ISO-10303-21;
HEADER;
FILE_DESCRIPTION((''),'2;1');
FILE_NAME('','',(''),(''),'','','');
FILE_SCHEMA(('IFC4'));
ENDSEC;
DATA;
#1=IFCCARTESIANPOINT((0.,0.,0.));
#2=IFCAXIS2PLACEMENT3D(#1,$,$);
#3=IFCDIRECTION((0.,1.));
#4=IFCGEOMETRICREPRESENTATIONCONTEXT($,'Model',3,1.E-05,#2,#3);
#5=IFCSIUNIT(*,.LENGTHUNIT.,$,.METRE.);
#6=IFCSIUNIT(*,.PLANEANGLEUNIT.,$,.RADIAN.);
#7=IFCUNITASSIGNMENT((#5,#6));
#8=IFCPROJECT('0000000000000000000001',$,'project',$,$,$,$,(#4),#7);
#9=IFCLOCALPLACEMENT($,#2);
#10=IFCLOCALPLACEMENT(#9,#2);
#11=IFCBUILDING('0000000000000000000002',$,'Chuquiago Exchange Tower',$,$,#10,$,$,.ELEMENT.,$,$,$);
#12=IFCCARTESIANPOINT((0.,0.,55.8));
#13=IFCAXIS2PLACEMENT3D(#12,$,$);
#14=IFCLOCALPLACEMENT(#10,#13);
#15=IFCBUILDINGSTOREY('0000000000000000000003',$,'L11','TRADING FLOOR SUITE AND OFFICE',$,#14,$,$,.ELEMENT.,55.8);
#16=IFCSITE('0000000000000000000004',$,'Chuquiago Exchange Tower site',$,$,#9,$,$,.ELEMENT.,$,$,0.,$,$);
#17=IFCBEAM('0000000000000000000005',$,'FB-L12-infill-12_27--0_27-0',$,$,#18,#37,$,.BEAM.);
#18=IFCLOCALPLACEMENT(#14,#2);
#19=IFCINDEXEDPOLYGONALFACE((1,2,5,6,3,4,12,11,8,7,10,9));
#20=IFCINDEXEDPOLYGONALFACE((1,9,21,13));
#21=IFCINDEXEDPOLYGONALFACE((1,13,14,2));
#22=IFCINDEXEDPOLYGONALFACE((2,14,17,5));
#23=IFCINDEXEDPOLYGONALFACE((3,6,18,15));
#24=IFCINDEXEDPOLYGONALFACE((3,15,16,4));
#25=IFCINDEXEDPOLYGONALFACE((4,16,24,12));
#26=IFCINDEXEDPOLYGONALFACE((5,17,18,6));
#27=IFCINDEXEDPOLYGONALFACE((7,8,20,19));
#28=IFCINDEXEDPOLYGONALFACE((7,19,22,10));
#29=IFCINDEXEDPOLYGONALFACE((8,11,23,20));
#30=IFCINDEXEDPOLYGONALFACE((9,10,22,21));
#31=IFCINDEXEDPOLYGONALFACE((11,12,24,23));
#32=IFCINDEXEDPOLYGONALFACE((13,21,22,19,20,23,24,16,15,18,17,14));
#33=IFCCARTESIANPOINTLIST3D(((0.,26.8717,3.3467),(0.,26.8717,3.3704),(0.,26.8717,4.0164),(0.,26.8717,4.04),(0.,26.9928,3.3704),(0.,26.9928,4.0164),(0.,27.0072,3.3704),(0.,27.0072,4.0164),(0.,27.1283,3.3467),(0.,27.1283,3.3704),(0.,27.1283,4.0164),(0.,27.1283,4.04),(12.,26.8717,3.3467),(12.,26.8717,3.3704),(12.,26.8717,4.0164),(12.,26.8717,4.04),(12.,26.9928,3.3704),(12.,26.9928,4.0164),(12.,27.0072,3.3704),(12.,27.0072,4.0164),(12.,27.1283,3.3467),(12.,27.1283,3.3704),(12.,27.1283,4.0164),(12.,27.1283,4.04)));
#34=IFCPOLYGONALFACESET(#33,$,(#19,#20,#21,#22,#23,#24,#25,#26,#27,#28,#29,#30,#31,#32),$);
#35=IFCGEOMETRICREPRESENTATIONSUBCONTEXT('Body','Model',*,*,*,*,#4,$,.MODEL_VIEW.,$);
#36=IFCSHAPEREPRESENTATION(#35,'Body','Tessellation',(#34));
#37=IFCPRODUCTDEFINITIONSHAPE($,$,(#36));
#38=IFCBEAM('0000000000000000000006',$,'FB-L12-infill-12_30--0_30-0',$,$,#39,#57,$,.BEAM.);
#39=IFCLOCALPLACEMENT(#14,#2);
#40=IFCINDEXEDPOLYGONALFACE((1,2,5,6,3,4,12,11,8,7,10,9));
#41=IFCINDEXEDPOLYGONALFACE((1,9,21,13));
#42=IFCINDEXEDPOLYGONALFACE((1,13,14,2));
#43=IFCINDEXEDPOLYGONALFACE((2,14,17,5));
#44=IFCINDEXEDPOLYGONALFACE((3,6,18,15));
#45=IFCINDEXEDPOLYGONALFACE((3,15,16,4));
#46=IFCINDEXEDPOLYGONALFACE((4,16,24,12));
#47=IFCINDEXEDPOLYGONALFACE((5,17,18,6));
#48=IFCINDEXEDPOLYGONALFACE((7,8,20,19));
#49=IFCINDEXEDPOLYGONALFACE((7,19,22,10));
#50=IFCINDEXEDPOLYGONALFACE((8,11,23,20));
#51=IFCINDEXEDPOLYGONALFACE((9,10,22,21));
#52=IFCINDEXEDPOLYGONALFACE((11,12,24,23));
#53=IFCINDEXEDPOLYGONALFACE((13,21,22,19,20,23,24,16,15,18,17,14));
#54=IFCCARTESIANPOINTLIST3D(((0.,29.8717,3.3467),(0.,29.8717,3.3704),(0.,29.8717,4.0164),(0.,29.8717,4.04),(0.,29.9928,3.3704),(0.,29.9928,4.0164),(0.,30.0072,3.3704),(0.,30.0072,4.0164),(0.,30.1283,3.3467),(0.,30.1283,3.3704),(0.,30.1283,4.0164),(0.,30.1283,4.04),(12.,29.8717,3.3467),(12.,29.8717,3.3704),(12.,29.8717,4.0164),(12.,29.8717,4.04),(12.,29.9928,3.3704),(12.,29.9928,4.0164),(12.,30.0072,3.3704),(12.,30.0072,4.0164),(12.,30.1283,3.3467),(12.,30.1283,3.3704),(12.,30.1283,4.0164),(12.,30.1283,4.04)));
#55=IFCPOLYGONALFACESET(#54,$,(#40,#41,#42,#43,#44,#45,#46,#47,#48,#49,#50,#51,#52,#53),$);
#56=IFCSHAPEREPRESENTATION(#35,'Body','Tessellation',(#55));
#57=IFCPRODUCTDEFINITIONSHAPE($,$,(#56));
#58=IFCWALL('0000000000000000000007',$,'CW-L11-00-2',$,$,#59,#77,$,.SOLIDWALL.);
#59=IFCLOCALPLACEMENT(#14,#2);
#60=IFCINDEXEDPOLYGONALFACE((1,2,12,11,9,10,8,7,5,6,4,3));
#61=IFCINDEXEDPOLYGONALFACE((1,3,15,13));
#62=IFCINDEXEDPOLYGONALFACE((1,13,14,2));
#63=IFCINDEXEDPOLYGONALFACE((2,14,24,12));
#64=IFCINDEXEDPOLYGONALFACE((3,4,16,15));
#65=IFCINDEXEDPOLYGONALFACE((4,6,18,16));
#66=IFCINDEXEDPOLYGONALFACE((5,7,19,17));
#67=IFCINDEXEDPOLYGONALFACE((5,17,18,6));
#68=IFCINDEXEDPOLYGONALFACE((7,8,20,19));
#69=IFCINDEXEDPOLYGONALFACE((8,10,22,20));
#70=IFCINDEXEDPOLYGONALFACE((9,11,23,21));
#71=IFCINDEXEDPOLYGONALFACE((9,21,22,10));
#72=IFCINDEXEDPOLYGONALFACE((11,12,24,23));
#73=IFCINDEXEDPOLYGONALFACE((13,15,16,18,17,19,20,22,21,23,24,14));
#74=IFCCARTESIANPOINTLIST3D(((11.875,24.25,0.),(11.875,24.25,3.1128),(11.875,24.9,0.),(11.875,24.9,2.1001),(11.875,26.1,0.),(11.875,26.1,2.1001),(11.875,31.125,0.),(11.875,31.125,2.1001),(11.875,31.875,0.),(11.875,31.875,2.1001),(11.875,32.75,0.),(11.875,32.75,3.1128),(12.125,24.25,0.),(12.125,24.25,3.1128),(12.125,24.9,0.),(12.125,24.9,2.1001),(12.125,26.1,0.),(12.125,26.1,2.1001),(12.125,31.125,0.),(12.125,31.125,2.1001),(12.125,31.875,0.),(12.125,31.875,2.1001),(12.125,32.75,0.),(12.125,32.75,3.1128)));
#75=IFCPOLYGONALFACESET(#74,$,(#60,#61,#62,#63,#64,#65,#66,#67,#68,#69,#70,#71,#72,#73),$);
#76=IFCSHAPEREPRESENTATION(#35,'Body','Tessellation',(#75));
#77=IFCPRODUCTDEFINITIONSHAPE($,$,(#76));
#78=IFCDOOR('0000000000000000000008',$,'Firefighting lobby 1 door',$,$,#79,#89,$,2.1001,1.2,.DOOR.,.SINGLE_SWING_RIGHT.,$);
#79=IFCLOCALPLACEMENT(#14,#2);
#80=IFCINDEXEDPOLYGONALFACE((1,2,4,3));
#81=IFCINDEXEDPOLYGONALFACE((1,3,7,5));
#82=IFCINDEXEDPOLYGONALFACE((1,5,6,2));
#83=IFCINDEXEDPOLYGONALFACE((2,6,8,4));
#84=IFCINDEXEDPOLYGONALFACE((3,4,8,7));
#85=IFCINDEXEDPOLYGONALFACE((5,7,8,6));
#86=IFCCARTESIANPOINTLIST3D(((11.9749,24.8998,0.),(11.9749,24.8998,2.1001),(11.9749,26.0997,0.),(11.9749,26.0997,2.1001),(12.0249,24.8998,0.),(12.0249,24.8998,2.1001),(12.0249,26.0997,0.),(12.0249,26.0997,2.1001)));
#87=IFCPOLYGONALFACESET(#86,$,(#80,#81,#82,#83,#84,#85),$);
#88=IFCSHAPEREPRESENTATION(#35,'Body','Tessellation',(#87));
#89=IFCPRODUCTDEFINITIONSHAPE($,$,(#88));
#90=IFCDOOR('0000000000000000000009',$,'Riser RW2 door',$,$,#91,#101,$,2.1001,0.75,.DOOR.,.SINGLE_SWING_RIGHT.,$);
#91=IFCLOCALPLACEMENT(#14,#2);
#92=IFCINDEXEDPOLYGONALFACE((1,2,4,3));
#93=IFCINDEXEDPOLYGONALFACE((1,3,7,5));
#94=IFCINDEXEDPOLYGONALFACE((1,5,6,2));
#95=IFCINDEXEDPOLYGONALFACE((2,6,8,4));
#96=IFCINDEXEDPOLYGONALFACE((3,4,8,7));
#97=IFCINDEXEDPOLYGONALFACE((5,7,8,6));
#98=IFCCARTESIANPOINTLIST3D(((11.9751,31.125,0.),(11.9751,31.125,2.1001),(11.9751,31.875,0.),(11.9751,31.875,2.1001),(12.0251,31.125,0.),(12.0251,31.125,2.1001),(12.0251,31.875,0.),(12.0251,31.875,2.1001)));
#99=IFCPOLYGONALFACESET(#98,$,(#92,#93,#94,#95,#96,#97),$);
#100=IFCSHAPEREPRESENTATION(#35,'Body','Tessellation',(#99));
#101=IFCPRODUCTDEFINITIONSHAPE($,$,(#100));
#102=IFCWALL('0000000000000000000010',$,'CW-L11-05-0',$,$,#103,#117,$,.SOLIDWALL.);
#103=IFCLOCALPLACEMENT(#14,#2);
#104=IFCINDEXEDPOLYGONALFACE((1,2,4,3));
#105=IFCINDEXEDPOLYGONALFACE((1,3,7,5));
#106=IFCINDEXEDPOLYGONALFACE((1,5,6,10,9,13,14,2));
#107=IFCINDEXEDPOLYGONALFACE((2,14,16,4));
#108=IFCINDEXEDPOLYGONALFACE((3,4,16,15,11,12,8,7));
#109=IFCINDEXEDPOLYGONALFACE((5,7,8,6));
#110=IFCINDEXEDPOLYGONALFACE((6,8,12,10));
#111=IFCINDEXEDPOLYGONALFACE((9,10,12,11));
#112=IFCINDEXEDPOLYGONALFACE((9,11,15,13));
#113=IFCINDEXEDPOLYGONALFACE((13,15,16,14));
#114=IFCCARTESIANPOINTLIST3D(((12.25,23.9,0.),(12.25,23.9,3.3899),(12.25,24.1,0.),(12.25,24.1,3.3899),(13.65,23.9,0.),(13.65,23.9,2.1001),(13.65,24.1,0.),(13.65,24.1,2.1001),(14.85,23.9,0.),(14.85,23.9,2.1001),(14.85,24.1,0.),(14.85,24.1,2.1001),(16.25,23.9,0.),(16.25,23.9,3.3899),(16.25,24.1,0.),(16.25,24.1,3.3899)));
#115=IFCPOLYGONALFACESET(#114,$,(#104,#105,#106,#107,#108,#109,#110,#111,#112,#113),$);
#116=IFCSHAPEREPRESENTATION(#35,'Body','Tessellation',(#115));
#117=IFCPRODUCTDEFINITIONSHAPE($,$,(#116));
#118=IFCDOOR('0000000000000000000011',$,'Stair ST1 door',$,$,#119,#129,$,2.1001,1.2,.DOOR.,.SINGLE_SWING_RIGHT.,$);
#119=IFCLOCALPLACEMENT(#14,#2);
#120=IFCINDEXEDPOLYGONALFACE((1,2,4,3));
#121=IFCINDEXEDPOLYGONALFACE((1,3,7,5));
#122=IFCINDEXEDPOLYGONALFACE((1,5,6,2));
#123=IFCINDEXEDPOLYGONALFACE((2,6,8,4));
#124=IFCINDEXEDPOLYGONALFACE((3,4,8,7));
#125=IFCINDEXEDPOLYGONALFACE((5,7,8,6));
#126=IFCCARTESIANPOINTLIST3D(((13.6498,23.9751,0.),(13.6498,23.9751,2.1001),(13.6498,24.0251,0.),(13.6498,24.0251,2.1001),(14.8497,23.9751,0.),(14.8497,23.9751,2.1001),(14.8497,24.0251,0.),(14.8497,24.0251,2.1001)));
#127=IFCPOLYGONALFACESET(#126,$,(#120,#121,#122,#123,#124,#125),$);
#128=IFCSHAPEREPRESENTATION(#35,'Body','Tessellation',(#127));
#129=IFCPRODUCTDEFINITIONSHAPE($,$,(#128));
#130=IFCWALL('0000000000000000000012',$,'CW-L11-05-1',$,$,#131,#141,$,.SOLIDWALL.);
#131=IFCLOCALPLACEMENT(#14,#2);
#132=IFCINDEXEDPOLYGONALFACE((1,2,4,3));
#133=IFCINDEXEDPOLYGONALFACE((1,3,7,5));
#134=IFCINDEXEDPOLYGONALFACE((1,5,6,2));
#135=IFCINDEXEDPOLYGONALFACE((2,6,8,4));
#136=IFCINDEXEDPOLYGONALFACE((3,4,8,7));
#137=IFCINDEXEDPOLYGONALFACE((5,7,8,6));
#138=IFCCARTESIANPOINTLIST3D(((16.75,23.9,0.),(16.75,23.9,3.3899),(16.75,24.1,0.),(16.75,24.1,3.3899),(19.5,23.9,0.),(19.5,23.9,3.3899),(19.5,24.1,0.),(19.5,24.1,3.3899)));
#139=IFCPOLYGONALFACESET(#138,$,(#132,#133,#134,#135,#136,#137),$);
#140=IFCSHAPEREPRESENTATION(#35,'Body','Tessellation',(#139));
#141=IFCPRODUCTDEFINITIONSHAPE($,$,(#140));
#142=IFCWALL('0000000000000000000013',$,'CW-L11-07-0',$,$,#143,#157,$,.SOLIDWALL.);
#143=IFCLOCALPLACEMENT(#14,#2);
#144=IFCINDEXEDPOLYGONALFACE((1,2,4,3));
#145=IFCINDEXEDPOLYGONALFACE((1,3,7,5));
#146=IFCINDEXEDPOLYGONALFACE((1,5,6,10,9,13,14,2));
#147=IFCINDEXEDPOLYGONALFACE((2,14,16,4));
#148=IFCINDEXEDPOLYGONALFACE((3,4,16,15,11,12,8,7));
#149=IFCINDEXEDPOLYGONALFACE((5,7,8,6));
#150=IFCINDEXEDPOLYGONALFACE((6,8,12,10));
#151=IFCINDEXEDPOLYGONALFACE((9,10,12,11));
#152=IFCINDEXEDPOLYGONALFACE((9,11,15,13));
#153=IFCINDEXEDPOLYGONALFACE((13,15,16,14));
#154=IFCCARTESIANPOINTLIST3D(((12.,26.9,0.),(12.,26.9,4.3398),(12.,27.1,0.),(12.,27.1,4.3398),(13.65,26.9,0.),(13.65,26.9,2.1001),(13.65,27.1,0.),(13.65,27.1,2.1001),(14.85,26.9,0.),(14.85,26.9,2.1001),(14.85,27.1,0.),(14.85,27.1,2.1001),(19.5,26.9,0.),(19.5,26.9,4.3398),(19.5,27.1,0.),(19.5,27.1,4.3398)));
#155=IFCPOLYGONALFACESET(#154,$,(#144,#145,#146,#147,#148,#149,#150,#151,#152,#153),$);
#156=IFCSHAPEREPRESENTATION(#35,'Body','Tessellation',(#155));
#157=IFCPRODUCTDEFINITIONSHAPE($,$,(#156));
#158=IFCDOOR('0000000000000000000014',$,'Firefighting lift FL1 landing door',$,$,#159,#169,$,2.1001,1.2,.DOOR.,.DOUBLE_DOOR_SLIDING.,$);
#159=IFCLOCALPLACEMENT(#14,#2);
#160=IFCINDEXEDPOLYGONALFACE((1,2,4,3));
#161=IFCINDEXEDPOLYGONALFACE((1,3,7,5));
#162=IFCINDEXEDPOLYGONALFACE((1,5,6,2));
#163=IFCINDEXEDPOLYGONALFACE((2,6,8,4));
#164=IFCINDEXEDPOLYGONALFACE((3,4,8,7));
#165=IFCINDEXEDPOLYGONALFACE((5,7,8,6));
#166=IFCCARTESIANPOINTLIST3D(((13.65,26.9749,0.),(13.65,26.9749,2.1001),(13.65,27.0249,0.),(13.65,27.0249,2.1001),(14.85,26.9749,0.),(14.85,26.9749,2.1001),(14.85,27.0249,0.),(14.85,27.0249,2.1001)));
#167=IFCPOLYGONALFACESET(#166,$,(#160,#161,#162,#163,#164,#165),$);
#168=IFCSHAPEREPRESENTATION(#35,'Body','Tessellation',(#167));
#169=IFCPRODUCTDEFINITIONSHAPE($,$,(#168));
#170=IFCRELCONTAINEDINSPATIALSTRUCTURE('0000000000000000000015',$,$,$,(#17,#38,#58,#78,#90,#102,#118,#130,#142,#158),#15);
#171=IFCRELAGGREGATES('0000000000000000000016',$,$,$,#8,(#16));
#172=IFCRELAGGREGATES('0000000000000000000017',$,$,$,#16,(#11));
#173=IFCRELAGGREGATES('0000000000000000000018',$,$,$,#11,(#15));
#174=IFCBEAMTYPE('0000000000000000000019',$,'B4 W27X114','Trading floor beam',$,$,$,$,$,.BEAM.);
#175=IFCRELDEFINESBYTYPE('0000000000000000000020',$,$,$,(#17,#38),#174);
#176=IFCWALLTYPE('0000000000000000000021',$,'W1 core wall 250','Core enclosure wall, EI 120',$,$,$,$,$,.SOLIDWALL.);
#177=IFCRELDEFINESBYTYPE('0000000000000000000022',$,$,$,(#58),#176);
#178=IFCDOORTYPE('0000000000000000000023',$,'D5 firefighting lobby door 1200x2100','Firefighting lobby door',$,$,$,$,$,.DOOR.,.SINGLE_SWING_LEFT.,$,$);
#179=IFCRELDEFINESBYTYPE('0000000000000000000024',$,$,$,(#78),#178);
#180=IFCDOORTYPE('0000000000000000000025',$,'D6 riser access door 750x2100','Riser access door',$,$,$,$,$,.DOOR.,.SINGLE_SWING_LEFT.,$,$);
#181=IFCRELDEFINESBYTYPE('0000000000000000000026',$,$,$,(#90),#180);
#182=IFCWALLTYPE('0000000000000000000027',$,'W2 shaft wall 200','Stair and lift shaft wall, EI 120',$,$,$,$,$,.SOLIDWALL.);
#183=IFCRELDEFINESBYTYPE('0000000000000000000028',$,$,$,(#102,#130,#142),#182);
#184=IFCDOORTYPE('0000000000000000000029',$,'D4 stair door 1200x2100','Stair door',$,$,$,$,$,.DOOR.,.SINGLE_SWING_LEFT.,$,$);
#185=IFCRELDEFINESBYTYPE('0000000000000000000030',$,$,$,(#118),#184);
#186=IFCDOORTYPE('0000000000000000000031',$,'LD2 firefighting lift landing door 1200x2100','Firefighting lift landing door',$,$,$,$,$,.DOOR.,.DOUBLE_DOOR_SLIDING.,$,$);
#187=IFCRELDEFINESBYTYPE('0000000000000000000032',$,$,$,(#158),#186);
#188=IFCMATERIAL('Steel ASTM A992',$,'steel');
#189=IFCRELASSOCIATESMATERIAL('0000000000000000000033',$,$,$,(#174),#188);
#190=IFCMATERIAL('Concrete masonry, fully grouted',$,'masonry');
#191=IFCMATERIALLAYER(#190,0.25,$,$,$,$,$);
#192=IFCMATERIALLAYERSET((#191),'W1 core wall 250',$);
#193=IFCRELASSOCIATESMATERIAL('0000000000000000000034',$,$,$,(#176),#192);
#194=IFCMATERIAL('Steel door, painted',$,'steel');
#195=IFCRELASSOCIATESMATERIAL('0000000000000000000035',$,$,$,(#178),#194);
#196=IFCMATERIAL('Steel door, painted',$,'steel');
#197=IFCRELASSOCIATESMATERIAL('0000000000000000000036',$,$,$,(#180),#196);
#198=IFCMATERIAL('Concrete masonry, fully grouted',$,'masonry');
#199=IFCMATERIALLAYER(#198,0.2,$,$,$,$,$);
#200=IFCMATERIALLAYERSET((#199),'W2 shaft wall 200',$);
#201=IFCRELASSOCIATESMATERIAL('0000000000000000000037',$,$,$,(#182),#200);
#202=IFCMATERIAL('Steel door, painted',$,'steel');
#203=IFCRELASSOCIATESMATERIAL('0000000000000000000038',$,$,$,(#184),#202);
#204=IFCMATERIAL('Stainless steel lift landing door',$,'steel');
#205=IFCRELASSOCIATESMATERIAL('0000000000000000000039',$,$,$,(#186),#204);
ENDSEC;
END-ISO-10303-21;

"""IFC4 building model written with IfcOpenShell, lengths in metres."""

from ifc_helpers import new_model, si_unit, direction, frame, frame_2d, origin, origin_2d, place, context, subcontext, project, spatial, rectangle, i_section, extrude, material, layer, layer_set, material_profile, profile_set, type_object, element, fill, save


model = new_model("IFC4")

# Units and contexts
model_context = context("Model", 3, precision=1e-05, world=origin(), true_north=direction((0.0, 1.0)))
body_context = subcontext(model_context, "Body", "Model", "MODEL_VIEW")
ifc_project = project(units=[si_unit("LENGTHUNIT", "METRE"), si_unit("PLANEANGLEUNIT", "RADIAN")], contexts=[model_context])

# Site, building, storey
site_placement = place(None, origin())
site = spatial("IfcSite", under=ifc_project, at=site_placement, Name="Chuquiago Exchange Tower site", CompositionType="ELEMENT", RefElevation=0.0)
building_placement = place(site_placement, origin())
building = spatial("IfcBuilding", under=site, at=building_placement, Name="Chuquiago Exchange Tower", CompositionType="ELEMENT")
storey_placement = place(building_placement, frame((0.0, 0.0, 55.8)))
storey = spatial("IfcBuildingStorey", under=building, at=storey_placement, Name="L11", Description="TRADING FLOOR SUITE AND OFFICE", CompositionType="ELEMENT", Elevation=55.8)

# Beams
ifc_material_1 = material(Name="Steel ASTM A992", Category="steel")
ifc_material_profile_1 = material_profile(ifc_material_1, i_section(OverallWidth=0.2566, OverallDepth=0.6934, WebThickness=0.0144, FlangeThickness=0.0237, at=origin_2d()), Name="W27X114")
ifc_profile_set_1 = profile_set([ifc_material_profile_1], Name="Steel ASTM A992")
beam_type_1 = type_object("IfcBeamType", Name="B4 W27X114", Description="Trading floor beam", PredefinedType="BEAM", material=ifc_profile_set_1)
for number, where, z_axis, x_axis, name in (
    (1, (12.0, 27.0, 3.6934), (-1.0, 0.0, 0.0), (0.0, -1.0, 0.0), "FB-L12-infill-12_27--0_27-0"),
    (2, (12.0, 30.0, 3.6934), (-1.0, 0.0, 0.0), (0.0, -1.0, 0.0), "FB-L12-infill-12_30--0_30-0"),
):
    element("IfcBeam", number, at=place(storey_placement, frame(where, z_axis=z_axis, x_axis=x_axis)), inside=storey, type_object=beam_type_1, Name=name, PredefinedType="BEAM", context=body_context, shape_type="SweptSolid", body=[
        extrude(i_section(OverallWidth=0.2566, OverallDepth=0.6934, WebThickness=0.0144, FlangeThickness=0.0237, at=origin_2d()), origin(), (0.0, 0.0, 1.0), 12.0),
    ])

# Wall, openings, doors
ifc_material_2 = material(Name="Concrete masonry, fully grouted", Category="masonry")
ifc_layer_1 = layer(ifc_material_2, 0.25)
ifc_layer_set_1 = layer_set([ifc_layer_1], Name="W1 core wall 250")
wall_type_1 = type_object("IfcWallType", Name="W1 core wall 250", Description="Core enclosure wall, EI 120", PredefinedType="SOLIDWALL", material=ifc_layer_set_1)
wall_1_placement = place(storey_placement, frame((12.0, 24.25, 0.0), z_axis=(0.0, 0.0, 1.0), x_axis=(0.0, 1.0, 0.0)))
wall_1 = element("IfcWall", 3, at=wall_1_placement, inside=storey, type_object=wall_type_1, Name="CW-L11-00-2", PredefinedType="SOLIDWALL", context=body_context, shape_type="SweptSolid", body=[
    extrude(rectangle(XDim=8.5, YDim=0.25, at=frame_2d((4.25, 0.0))), origin(), (0.0, 0.0, 1.0), 3.1128),
])
opening_1_placement = place(wall_1_placement, frame((0.6499, 0.0, 0.0)))
opening_1 = element("IfcOpeningElement", 4, at=opening_1_placement, cuts=wall_1, PredefinedType="OPENING", context=body_context, shape_type="SweptSolid", body=[
    extrude(rectangle(XDim=1.2, YDim=2.1001, at=frame_2d((0.6001, 1.05))), frame((0.0, 0.135, 0.0), z_axis=(0.0, -1.0, 0.0), x_axis=(1.0, 0.0, 0.0)), (0.0, 0.0, 1.0), 0.27),
])
opening_2_placement = place(wall_1_placement, frame((6.875, 0.0, 0.0)))
opening_2 = element("IfcOpeningElement", 5, at=opening_2_placement, cuts=wall_1, PredefinedType="OPENING", context=body_context, shape_type="SweptSolid", body=[
    extrude(rectangle(XDim=0.75, YDim=2.1001, at=frame_2d((0.375, 1.05))), frame((0.0, 0.135, 0.0), z_axis=(0.0, -1.0, 0.0), x_axis=(1.0, 0.0, 0.0)), (0.0, 0.0, 1.0), 0.27),
])
ifc_material_3 = material(Name="Steel door, painted", Category="steel")
door_type_1 = type_object("IfcDoorType", Name="D5 firefighting lobby door 1200x2100", Description="Firefighting lobby door", OperationType="SINGLE_SWING_LEFT", PredefinedType="DOOR", material=ifc_material_3)
door_1_placement = place(opening_1_placement, frame((1.2, 0.0, 0.0), z_axis=(0.0, 0.0, 1.0), x_axis=(-1.0, 0.0, 0.0)))
door_1 = element("IfcDoor", 6, at=door_1_placement, inside=storey, type_object=door_type_1, Name="Firefighting lobby 1 door", OperationType="SINGLE_SWING_RIGHT", OverallHeight=2.1001, OverallWidth=1.2, PredefinedType="DOOR", context=body_context, shape_type="SweptSolid", body=[
    extrude(rectangle(XDim=1.2, YDim=2.1001, at=frame_2d((0.6001, 1.05))), frame((0.0, 0.0249, 0.0), z_axis=(0.0, -1.0, 0.0), x_axis=(1.0, 0.0, 0.0)), (0.0, 0.0, 1.0), 0.05),
])
fill(opening_1, door_1)
ifc_material_4 = material(Name="Steel door, painted", Category="steel")
door_type_2 = type_object("IfcDoorType", Name="D6 riser access door 750x2100", Description="Riser access door", OperationType="SINGLE_SWING_LEFT", PredefinedType="DOOR", material=ifc_material_4)
door_2_placement = place(opening_2_placement, origin())
door_2 = element("IfcDoor", 7, at=door_2_placement, inside=storey, type_object=door_type_2, Name="Riser RW2 door", OperationType="SINGLE_SWING_RIGHT", OverallHeight=2.1001, OverallWidth=0.75, PredefinedType="DOOR", context=body_context, shape_type="SweptSolid", body=[
    extrude(rectangle(XDim=0.75, YDim=2.1001, at=frame_2d((0.375, 1.05))), frame((0.0, 0.0249, 0.0), z_axis=(0.0, -1.0, 0.0), x_axis=(1.0, 0.0, 0.0)), (0.0, 0.0, 1.0), 0.05),
])
fill(opening_2, door_2)

# Wall, opening, door
ifc_material_5 = material(Name="Concrete masonry, fully grouted", Category="masonry")
ifc_layer_2 = layer(ifc_material_5, 0.2)
ifc_layer_set_2 = layer_set([ifc_layer_2], Name="W2 shaft wall 200")
wall_type_2 = type_object("IfcWallType", Name="W2 shaft wall 200", Description="Stair and lift shaft wall, EI 120", PredefinedType="SOLIDWALL", material=ifc_layer_set_2)
wall_2_placement = place(storey_placement, frame((12.25, 24.0, 0.0), z_axis=(0.0, 0.0, 1.0), x_axis=(1.0, 0.0, 0.0)))
wall_2 = element("IfcWall", 8, at=wall_2_placement, inside=storey, type_object=wall_type_2, Name="CW-L11-05-0", PredefinedType="SOLIDWALL", context=body_context, shape_type="SweptSolid", body=[
    extrude(rectangle(XDim=4.0, YDim=0.2, at=frame_2d((2.0, 0.0))), origin(), (0.0, 0.0, 1.0), 3.3899),
])
opening_3_placement = place(wall_2_placement, frame((1.3999, 0.0, 0.0)))
opening_3 = element("IfcOpeningElement", 9, at=opening_3_placement, cuts=wall_2, PredefinedType="OPENING", context=body_context, shape_type="SweptSolid", body=[
    extrude(rectangle(XDim=1.2, YDim=2.1001, at=frame_2d((0.6001, 1.05))), frame((0.0, 0.1099, 0.0), z_axis=(0.0, -1.0, 0.0), x_axis=(1.0, 0.0, 0.0)), (0.0, 0.0, 1.0), 0.22),
])
ifc_material_6 = material(Name="Steel door, painted", Category="steel")
door_type_3 = type_object("IfcDoorType", Name="D4 stair door 1200x2100", Description="Stair door", OperationType="SINGLE_SWING_LEFT", PredefinedType="DOOR", material=ifc_material_6)
door_3_placement = place(opening_3_placement, frame((1.2, 0.0, 0.0), z_axis=(0.0, 0.0, 1.0), x_axis=(-1.0, 0.0, 0.0)))
door_3 = element("IfcDoor", 10, at=door_3_placement, inside=storey, type_object=door_type_3, Name="Stair ST1 door", OperationType="SINGLE_SWING_RIGHT", OverallHeight=2.1001, OverallWidth=1.2, PredefinedType="DOOR", context=body_context, shape_type="SweptSolid", body=[
    extrude(rectangle(XDim=1.2, YDim=2.1001, at=frame_2d((0.6001, 1.05))), frame((0.0, 0.0249, 0.0), z_axis=(0.0, -1.0, 0.0), x_axis=(1.0, 0.0, 0.0)), (0.0, 0.0, 1.0), 0.05),
])
fill(opening_3, door_3)

# Wall
wall_3_placement = place(storey_placement, frame((16.75, 24.0, 0.0), z_axis=(0.0, 0.0, 1.0), x_axis=(1.0, 0.0, 0.0)))
element("IfcWall", 11, at=wall_3_placement, inside=storey, type_object=wall_type_2, Name="CW-L11-05-1", PredefinedType="SOLIDWALL", context=body_context, shape_type="SweptSolid", body=[
    extrude(rectangle(XDim=2.75, YDim=0.2, at=frame_2d((1.375, 0.0))), origin(), (0.0, 0.0, 1.0), 3.3899),
])

# Wall, opening, door
wall_4_placement = place(storey_placement, frame((12.0, 27.0, 0.0), z_axis=(0.0, 0.0, 1.0), x_axis=(1.0, 0.0, 0.0)))
wall_4 = element("IfcWall", 12, at=wall_4_placement, inside=storey, type_object=wall_type_2, Name="CW-L11-07-0", PredefinedType="SOLIDWALL", context=body_context, shape_type="SweptSolid", body=[
    extrude(rectangle(XDim=7.5, YDim=0.2, at=frame_2d((3.75, 0.0))), origin(), (0.0, 0.0, 1.0), 4.3398),
])
opening_4_placement = place(wall_4_placement, frame((1.6499, 0.0, 0.0)))
opening_4 = element("IfcOpeningElement", 13, at=opening_4_placement, cuts=wall_4, PredefinedType="OPENING", context=body_context, shape_type="SweptSolid", body=[
    extrude(rectangle(XDim=1.2, YDim=2.1001, at=frame_2d((0.6001, 1.05))), frame((0.0, 0.1099, 0.0), z_axis=(0.0, -1.0, 0.0), x_axis=(1.0, 0.0, 0.0)), (0.0, 0.0, 1.0), 0.22),
])
ifc_material_7 = material(Name="Stainless steel lift landing door", Category="steel")
door_type_4 = type_object("IfcDoorType", Name="LD2 firefighting lift landing door 1200x2100", Description="Firefighting lift landing door", OperationType="DOUBLE_DOOR_SLIDING", PredefinedType="DOOR", material=ifc_material_7)
door_4_placement = place(opening_4_placement, origin())
door_4 = element("IfcDoor", 14, at=door_4_placement, inside=storey, type_object=door_type_4, Name="Firefighting lift FL1 landing door", OperationType="DOUBLE_DOOR_SLIDING", OverallHeight=2.1001, OverallWidth=1.2, PredefinedType="DOOR", context=body_context, shape_type="SweptSolid", body=[
    extrude(rectangle(XDim=1.2, YDim=2.1001, at=frame_2d((0.6001, 1.05))), frame((0.0, 0.0249, 0.0), z_axis=(0.0, -1.0, 0.0), x_axis=(1.0, 0.0, 0.0)), (0.0, 0.0, 1.0), 0.05),
])
fill(opening_4, door_4)

save(model, "model.ifc")
